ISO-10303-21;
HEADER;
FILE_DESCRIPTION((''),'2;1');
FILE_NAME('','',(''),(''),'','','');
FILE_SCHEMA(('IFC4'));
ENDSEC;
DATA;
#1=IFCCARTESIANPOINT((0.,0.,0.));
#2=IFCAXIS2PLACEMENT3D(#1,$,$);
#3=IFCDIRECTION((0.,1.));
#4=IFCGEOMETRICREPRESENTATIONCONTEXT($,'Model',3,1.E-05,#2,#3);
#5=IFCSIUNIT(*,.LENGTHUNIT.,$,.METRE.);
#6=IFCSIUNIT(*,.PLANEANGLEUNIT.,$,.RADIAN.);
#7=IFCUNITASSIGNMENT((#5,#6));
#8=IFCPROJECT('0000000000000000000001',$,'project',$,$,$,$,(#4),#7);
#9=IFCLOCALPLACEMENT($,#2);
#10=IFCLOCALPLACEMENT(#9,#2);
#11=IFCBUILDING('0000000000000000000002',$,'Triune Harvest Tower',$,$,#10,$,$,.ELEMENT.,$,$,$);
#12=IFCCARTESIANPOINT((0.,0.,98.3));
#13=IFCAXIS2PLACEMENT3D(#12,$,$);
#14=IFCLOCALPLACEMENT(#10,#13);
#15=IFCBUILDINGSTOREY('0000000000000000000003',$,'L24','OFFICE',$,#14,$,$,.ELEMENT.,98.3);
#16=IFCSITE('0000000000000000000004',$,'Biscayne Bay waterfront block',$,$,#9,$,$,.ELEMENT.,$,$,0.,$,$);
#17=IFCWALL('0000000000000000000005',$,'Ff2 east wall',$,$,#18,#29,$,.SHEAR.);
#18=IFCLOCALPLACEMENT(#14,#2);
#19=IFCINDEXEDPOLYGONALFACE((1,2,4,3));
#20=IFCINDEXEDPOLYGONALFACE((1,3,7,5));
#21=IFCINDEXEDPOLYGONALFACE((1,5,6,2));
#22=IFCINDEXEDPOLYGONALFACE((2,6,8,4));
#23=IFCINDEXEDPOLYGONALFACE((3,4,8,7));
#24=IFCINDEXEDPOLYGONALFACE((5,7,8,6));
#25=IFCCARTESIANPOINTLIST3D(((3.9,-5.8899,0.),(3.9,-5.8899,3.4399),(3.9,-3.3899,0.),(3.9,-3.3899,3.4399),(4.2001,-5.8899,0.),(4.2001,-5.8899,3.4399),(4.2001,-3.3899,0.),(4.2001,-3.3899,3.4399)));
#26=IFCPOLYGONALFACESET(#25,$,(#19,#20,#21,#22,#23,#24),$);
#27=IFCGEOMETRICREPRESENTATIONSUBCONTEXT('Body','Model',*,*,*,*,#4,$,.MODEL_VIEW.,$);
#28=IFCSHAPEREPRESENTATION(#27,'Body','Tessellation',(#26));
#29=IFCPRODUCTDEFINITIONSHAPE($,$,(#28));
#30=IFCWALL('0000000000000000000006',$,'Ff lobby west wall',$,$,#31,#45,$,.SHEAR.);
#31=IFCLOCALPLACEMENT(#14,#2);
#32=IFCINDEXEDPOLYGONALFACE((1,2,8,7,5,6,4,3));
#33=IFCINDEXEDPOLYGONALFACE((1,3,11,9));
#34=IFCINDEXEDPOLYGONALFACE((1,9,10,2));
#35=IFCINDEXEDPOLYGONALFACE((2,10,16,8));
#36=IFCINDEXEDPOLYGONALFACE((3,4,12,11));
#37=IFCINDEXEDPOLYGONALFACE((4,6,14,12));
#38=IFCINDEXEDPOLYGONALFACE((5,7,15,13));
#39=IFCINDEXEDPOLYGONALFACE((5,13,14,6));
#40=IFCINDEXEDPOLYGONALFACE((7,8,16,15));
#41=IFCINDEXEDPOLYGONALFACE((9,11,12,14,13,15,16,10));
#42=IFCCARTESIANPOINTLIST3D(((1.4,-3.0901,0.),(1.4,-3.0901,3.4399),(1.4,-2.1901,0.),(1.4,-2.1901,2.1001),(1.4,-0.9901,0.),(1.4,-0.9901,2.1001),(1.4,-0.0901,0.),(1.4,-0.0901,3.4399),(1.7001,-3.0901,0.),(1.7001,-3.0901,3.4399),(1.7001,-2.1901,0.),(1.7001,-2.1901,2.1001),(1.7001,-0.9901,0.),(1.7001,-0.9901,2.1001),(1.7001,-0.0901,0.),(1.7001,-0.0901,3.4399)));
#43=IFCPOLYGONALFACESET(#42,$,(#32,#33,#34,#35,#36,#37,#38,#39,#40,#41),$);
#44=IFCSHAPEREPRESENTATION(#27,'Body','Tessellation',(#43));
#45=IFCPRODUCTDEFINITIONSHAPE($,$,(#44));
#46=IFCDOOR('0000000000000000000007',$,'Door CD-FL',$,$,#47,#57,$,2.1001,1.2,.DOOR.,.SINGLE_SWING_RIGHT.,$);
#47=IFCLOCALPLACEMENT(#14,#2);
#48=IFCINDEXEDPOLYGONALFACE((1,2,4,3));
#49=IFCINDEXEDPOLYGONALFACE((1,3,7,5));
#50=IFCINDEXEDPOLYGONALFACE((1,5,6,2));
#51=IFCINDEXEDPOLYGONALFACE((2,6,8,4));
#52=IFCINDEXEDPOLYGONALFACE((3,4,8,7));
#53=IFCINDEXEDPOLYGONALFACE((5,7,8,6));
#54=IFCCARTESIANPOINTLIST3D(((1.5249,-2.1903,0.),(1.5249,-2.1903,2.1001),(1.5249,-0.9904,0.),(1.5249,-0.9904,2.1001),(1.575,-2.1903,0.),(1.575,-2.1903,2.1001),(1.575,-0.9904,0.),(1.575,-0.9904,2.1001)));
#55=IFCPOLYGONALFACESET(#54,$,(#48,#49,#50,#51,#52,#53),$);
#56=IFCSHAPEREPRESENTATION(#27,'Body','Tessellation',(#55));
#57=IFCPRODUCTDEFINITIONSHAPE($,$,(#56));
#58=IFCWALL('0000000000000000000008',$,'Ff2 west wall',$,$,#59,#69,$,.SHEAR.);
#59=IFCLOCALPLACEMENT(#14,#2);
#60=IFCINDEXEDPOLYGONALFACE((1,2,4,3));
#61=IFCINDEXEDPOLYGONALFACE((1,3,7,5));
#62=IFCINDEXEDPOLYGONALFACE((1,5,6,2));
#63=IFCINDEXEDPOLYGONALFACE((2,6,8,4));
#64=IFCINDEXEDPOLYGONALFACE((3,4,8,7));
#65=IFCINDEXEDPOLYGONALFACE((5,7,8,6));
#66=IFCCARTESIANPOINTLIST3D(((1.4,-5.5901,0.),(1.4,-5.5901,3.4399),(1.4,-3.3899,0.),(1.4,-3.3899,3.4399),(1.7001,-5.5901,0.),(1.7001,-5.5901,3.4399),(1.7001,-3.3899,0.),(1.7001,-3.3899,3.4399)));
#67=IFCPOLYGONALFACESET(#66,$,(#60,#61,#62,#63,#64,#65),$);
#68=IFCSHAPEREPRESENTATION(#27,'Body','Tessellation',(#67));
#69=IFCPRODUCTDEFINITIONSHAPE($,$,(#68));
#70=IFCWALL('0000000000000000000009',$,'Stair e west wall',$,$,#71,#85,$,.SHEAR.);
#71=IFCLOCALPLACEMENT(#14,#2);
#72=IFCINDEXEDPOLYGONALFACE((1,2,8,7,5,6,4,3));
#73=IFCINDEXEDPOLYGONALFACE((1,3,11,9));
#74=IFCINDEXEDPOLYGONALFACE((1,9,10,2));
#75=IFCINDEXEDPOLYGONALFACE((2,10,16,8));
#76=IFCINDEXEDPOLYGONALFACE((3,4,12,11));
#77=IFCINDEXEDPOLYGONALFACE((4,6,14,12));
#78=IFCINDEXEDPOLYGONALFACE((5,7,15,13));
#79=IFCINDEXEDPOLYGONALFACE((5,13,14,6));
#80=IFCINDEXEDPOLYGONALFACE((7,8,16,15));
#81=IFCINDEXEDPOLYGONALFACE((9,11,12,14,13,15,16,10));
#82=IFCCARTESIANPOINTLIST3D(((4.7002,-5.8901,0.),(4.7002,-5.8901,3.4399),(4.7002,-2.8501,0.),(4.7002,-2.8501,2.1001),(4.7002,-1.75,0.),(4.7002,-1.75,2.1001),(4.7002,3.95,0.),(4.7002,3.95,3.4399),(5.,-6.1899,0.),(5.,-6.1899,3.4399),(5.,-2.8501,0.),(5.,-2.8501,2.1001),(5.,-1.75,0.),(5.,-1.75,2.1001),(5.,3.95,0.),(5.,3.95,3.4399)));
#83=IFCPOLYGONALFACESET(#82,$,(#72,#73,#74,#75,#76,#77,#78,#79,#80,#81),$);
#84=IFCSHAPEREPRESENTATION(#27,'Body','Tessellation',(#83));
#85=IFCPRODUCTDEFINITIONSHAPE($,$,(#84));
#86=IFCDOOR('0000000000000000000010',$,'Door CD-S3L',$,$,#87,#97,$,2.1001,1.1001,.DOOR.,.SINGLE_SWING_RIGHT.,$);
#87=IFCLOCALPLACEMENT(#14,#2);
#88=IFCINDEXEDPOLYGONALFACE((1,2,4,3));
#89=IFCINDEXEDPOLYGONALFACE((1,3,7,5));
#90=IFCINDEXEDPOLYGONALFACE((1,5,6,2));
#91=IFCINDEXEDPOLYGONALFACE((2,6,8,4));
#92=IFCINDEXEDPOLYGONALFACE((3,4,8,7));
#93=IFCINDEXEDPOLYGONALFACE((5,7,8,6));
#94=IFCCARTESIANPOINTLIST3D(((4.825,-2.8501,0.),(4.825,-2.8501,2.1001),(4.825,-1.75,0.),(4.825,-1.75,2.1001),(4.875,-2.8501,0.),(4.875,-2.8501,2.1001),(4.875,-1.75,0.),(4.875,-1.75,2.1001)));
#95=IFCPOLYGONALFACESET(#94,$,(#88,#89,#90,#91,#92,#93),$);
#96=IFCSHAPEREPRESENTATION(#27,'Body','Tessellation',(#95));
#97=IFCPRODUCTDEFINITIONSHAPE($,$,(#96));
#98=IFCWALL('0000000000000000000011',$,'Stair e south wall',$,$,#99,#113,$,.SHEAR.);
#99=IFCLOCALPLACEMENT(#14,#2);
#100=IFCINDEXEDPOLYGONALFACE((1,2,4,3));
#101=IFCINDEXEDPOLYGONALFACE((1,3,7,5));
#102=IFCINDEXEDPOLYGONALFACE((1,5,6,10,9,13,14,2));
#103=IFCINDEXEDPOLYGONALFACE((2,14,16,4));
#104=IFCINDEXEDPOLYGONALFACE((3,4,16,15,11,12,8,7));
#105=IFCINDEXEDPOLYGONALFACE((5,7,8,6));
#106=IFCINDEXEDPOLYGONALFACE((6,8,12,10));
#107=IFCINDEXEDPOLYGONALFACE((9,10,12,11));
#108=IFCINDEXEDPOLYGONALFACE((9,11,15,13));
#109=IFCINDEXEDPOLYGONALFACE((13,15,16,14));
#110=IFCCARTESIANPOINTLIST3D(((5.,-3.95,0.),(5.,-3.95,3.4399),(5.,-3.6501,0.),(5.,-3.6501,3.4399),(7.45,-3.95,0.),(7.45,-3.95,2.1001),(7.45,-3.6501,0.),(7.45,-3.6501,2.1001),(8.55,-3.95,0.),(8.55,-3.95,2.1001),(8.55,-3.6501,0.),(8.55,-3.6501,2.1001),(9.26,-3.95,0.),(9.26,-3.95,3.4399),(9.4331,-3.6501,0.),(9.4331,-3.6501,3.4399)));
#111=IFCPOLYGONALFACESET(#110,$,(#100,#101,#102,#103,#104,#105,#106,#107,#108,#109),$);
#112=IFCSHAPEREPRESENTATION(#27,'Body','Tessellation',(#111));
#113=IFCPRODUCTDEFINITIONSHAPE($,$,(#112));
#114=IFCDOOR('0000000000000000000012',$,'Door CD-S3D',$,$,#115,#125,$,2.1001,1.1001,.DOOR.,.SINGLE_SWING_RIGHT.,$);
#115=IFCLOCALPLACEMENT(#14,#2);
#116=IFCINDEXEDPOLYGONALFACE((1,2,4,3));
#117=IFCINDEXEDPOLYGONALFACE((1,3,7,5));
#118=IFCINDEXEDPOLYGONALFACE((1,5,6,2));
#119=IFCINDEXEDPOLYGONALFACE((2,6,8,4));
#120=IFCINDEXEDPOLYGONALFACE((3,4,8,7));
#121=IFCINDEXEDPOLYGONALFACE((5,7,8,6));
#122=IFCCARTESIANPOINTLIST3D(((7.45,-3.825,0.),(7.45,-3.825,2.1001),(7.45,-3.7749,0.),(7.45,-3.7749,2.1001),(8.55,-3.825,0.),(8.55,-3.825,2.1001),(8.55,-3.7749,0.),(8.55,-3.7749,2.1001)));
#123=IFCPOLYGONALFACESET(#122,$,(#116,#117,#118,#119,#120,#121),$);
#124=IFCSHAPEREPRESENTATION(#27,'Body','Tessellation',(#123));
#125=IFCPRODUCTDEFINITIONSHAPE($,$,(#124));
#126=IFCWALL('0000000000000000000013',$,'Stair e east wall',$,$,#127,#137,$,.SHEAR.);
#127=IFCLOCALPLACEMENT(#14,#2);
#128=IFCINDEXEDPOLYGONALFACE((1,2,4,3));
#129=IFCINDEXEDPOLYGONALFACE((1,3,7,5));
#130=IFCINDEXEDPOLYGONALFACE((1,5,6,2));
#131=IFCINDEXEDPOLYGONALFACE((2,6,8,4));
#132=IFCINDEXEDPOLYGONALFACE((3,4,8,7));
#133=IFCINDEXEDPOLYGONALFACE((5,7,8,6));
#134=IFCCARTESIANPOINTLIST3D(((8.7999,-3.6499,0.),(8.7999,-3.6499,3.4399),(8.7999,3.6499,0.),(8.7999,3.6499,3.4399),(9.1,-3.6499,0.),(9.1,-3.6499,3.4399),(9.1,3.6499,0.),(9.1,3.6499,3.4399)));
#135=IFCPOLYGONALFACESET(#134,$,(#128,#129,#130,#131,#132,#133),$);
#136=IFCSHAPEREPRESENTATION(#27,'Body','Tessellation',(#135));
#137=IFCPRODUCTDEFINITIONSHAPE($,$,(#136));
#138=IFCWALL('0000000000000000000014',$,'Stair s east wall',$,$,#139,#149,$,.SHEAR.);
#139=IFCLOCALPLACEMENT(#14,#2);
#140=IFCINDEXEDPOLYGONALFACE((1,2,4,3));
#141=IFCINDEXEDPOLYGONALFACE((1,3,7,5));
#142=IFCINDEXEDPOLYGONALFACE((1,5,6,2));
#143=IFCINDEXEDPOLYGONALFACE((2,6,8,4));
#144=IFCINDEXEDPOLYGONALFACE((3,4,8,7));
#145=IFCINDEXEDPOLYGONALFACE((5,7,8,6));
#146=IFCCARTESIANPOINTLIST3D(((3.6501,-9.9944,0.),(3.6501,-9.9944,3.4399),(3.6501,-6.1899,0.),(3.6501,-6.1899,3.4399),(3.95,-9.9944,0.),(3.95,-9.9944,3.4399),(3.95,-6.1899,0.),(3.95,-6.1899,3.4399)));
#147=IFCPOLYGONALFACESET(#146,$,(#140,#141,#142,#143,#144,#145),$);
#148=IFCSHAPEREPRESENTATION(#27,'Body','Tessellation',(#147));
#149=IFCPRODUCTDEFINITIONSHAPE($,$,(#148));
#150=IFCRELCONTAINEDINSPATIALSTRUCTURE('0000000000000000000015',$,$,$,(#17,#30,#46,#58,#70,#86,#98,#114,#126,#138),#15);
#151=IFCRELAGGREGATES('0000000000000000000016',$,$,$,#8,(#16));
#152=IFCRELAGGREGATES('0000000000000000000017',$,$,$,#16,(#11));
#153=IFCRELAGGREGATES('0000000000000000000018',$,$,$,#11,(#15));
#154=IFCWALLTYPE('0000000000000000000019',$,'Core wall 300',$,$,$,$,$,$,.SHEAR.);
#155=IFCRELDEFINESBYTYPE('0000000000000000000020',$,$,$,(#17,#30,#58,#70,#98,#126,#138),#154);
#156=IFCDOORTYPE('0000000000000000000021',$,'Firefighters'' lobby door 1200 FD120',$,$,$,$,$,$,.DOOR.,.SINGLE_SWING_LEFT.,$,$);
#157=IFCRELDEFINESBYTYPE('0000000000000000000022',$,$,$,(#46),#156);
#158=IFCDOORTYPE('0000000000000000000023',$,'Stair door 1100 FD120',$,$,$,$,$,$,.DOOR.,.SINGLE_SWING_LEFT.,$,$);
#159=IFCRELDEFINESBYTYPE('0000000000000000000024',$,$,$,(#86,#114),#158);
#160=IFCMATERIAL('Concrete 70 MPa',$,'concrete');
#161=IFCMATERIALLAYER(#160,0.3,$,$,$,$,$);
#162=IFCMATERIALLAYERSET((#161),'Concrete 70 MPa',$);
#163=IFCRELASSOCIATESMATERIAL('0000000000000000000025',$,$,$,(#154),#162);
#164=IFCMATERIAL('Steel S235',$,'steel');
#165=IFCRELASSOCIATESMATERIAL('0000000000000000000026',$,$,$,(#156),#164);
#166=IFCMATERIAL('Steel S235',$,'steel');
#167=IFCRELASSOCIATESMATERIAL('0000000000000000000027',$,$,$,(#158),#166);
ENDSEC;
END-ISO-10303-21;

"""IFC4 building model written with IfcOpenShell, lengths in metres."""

from ifc_helpers import new_model, si_unit, direction, frame, frame_2d, origin, place, context, subcontext, project, spatial, polyline, rectangle, outline, extrude, source, transform, mapped, material, layer, layer_set, type_object, element, fill, save


model = new_model("IFC4")

# Units and contexts
model_context = context("Model", 3, precision=1e-05, world=origin(), true_north=direction((0.0, 1.0)))
body_context = subcontext(model_context, "Body", "Model", "MODEL_VIEW")
ifc_project = project(units=[si_unit("LENGTHUNIT", "METRE"), si_unit("PLANEANGLEUNIT", "RADIAN")], contexts=[model_context])

# Site, building, storey
site_placement = place(None, origin())
site = spatial("IfcSite", under=ifc_project, at=site_placement, Name="Biscayne Bay waterfront block", CompositionType="ELEMENT", RefElevation=0.0)
building_placement = place(site_placement, origin())
building = spatial("IfcBuilding", under=site, at=building_placement, Name="Triune Harvest Tower", CompositionType="ELEMENT")
storey_placement = place(building_placement, frame((0.0, 0.0, 98.3)))
storey = spatial("IfcBuildingStorey", under=building, at=storey_placement, Name="L24", Description="OFFICE", CompositionType="ELEMENT", Elevation=98.3)

# Wall
ifc_material_1 = material(Name="Concrete 70 MPa", Category="concrete")
ifc_layer_1 = layer(ifc_material_1, 0.3)
ifc_layer_set_1 = layer_set([ifc_layer_1], Name="Concrete 70 MPa")
wall_type_1 = type_object("IfcWallType", Name="Core wall 300", PredefinedType="SHEAR", material=ifc_layer_set_1)
shared_shape_1 = source(origin(), body_context, "Body", "SweptSolid", [
    extrude(rectangle(XDim=2.5, YDim=0.3, at=frame_2d((1.25, 0.0))), origin(), (0.0, 0.0, 1.0), 3.4399),
])
wall_1_placement = place(storey_placement, frame((4.05, -5.8899, 0.0), z_axis=(0.0, 0.0, 1.0), x_axis=(0.0, 1.0, 0.0)))
element("IfcWall", 1, at=wall_1_placement, inside=storey, type_object=wall_type_1, Name="Ff2 east wall", PredefinedType="SHEAR", context=body_context, shape_type="MappedRepresentation", body=[
    mapped(shared_shape_1, transform((0.0, 0.0, 0.0), scale=1.0)),
])

# Wall, opening, door
shared_shape_2 = source(origin(), body_context, "Body", "SweptSolid", [
    extrude(rectangle(XDim=3.0, YDim=0.3, at=frame_2d((1.5, 0.0))), origin(), (0.0, 0.0, 1.0), 3.4399),
])
wall_2_placement = place(storey_placement, frame((1.55, -3.0901, 0.0), z_axis=(0.0, 0.0, 1.0), x_axis=(0.0, 1.0, 0.0)))
wall_2 = element("IfcWall", 2, at=wall_2_placement, inside=storey, type_object=wall_type_1, Name="Ff lobby west wall", PredefinedType="SHEAR", context=body_context, shape_type="MappedRepresentation", body=[
    mapped(shared_shape_2, transform((0.0, 0.0, 0.0), scale=1.0)),
])
opening_1_placement = place(wall_2_placement, frame((0.8999, 0.0, 0.0)))
opening_1 = element("IfcOpeningElement", 3, at=opening_1_placement, cuts=wall_2, PredefinedType="OPENING", context=body_context, shape_type="SweptSolid", body=[
    extrude(rectangle(XDim=1.2, YDim=2.1001, at=frame_2d((0.6001, 1.05))), frame((0.0, 0.1602, 0.0), z_axis=(0.0, -1.0, 0.0), x_axis=(1.0, 0.0, 0.0)), (0.0, 0.0, 1.0), 0.3201),
])
ifc_material_2 = material(Name="Steel S235", Category="steel")
door_type_1 = type_object("IfcDoorType", Name="Firefighters' lobby door 1200 FD120", OperationType="SINGLE_SWING_LEFT", PredefinedType="DOOR", material=ifc_material_2)
door_1_placement = place(opening_1_placement, frame((1.2, 0.0, 0.0), z_axis=(0.0, 0.0, 1.0), x_axis=(-1.0, 0.0, 0.0)))
door_1 = element("IfcDoor", 4, at=door_1_placement, inside=storey, type_object=door_type_1, Name="Door CD-FL", OperationType="SINGLE_SWING_RIGHT", OverallHeight=2.1001, OverallWidth=1.2, PredefinedType="DOOR", context=body_context, shape_type="SweptSolid", body=[
    extrude(rectangle(XDim=1.2, YDim=2.1001, at=frame_2d((0.6001, 1.05))), frame((0.0, 0.0249, 0.0), z_axis=(0.0, -1.0, 0.0), x_axis=(1.0, 0.0, 0.0)), (0.0, 0.0, 1.0), 0.05),
])
fill(opening_1, door_1)

# Wall
shared_shape_3 = source(origin(), body_context, "Body", "SweptSolid", [
    extrude(rectangle(XDim=2.2002, YDim=0.3, at=frame_2d((1.1001, 0.0))), origin(), (0.0, 0.0, 1.0), 3.4399),
])
wall_3_placement = place(storey_placement, frame((1.55, -5.5901, 0.0), z_axis=(0.0, 0.0, 1.0), x_axis=(0.0, 1.0, 0.0)))
element("IfcWall", 5, at=wall_3_placement, inside=storey, type_object=wall_type_1, Name="Ff2 west wall", PredefinedType="SHEAR", context=body_context, shape_type="MappedRepresentation", body=[
    mapped(shared_shape_3, transform((0.0, 0.0, 0.0), scale=1.0)),
])

# Walls, openings, doors
shared_shape_4 = source(origin(), body_context, "Body", "SweptSolid", [
    extrude(outline(polyline([(-0.1499, -0.1499), (9.99, -0.1499), (9.99, 0.1499), (0.1499, 0.1499), (-0.1499, -0.1499)])), origin(), (0.0, 0.0, 1.0), 3.4399),
])
wall_4_placement = place(storey_placement, frame((4.8501, -6.04, 0.0), z_axis=(0.0, 0.0, 1.0), x_axis=(0.0, 1.0, 0.0)))
wall_4 = element("IfcWall", 6, at=wall_4_placement, inside=storey, type_object=wall_type_1, Name="Stair e west wall", PredefinedType="SHEAR", context=body_context, shape_type="MappedRepresentation", body=[
    mapped(shared_shape_4, transform((0.0, 0.0, 0.0), scale=1.0)),
])
opening_2_placement = place(wall_4_placement, frame((3.1899, 0.0, 0.0)))
opening_2 = element("IfcOpeningElement", 7, at=opening_2_placement, cuts=wall_4, PredefinedType="OPENING", context=body_context, shape_type="SweptSolid", body=[
    extrude(rectangle(XDim=1.1001, YDim=2.1001, at=frame_2d((0.55, 1.05))), frame((0.0, 0.1602, 0.0), z_axis=(0.0, -1.0, 0.0), x_axis=(1.0, 0.0, 0.0)), (0.0, 0.0, 1.0), 0.3201),
])
ifc_material_3 = material(Name="Steel S235", Category="steel")
door_type_2 = type_object("IfcDoorType", Name="Stair door 1100 FD120", OperationType="SINGLE_SWING_LEFT", PredefinedType="DOOR", material=ifc_material_3)
door_2_placement = place(opening_2_placement, frame((1.1001, 0.0, 0.0), z_axis=(0.0, 0.0, 1.0), x_axis=(-1.0, 0.0, 0.0)))
door_2 = element("IfcDoor", 8, at=door_2_placement, inside=storey, type_object=door_type_2, Name="Door CD-S3L", OperationType="SINGLE_SWING_RIGHT", OverallHeight=2.1001, OverallWidth=1.1001, PredefinedType="DOOR", context=body_context, shape_type="SweptSolid", body=[
    extrude(rectangle(XDim=1.1001, YDim=2.1001, at=frame_2d((0.55, 1.05))), frame((0.0, 0.0249, 0.0), z_axis=(0.0, -1.0, 0.0), x_axis=(1.0, 0.0, 0.0)), (0.0, 0.0, 1.0), 0.05),
])
fill(opening_2, door_2)
shared_shape_5 = source(origin(), body_context, "Body", "SweptSolid", [
    extrude(outline(polyline([(0.0, -0.1499), (0.0, 0.1499), (4.4331, 0.1499), (4.26, -0.1499), (0.0, -0.1499)])), origin(), (0.0, 0.0, 1.0), 3.4399),
])
wall_5_placement = place(storey_placement, frame((5.0, -3.8, 0.0), z_axis=(0.0, 0.0, 1.0), x_axis=(1.0, 0.0, 0.0)))
wall_5 = element("IfcWall", 9, at=wall_5_placement, inside=storey, type_object=wall_type_1, Name="Stair e south wall", PredefinedType="SHEAR", context=body_context, shape_type="MappedRepresentation", body=[
    mapped(shared_shape_5, transform((0.0, 0.0, 0.0), scale=1.0)),
])
opening_3_placement = place(wall_5_placement, frame((2.45, 0.0, 0.0)))
opening_3 = element("IfcOpeningElement", 10, at=opening_3_placement, cuts=wall_5, PredefinedType="OPENING", context=body_context, shape_type="SweptSolid", body=[
    extrude(rectangle(XDim=1.1001, YDim=2.1001, at=frame_2d((0.55, 1.05))), frame((0.0, 0.1602, 0.0), z_axis=(0.0, -1.0, 0.0), x_axis=(1.0, 0.0, 0.0)), (0.0, 0.0, 1.0), 0.3201),
])
door_3_placement = place(opening_3_placement, frame((1.1001, 0.0, 0.0), z_axis=(0.0, 0.0, 1.0), x_axis=(-1.0, 0.0, 0.0)))
door_3 = element("IfcDoor", 11, at=door_3_placement, inside=storey, type_object=door_type_2, Name="Door CD-S3D", OperationType="SINGLE_SWING_RIGHT", OverallHeight=2.1001, OverallWidth=1.1001, PredefinedType="DOOR", context=body_context, shape_type="SweptSolid", body=[
    extrude(rectangle(XDim=1.1001, YDim=2.1001, at=frame_2d((0.55, 1.05))), frame((0.0, 0.0249, 0.0), z_axis=(0.0, -1.0, 0.0), x_axis=(1.0, 0.0, 0.0)), (0.0, 0.0, 1.0), 0.05),
])
fill(opening_3, door_3)

# Walls
shared_shape_6 = source(origin(), body_context, "Body", "SweptSolid", [
    extrude(rectangle(XDim=7.2998, YDim=0.3, at=frame_2d((3.6499, 0.0))), origin(), (0.0, 0.0, 1.0), 3.4399),
])
wall_6_placement = place(storey_placement, frame((8.95, -3.6499, 0.0), z_axis=(0.0, 0.0, 1.0), x_axis=(0.0, 1.0, 0.0)))
element("IfcWall", 12, at=wall_6_placement, inside=storey, type_object=wall_type_1, Name="Stair e east wall", PredefinedType="SHEAR", context=body_context, shape_type="MappedRepresentation", body=[
    mapped(shared_shape_6, transform((0.0, 0.0, 0.0), scale=1.0)),
])
shared_shape_7 = source(origin(), body_context, "Body", "SweptSolid", [
    extrude(outline(polyline([(3.8, -0.1499), (-0.0044, -0.1499), (-0.0044, 0.1499), (3.8, 0.1499), (3.8, -0.1499)])), origin(), (0.0, 0.0, 1.0), 3.4399),
])
wall_7_placement = place(storey_placement, frame((3.8, -9.99, 0.0), z_axis=(0.0, 0.0, 1.0), x_axis=(0.0, 1.0, 0.0)))
element("IfcWall", 13, at=wall_7_placement, inside=storey, type_object=wall_type_1, Name="Stair s east wall", PredefinedType="SHEAR", context=body_context, shape_type="MappedRepresentation", body=[
    mapped(shared_shape_7, transform((0.0, 0.0, 0.0), scale=1.0)),
])

save(model, "model.ifc")
